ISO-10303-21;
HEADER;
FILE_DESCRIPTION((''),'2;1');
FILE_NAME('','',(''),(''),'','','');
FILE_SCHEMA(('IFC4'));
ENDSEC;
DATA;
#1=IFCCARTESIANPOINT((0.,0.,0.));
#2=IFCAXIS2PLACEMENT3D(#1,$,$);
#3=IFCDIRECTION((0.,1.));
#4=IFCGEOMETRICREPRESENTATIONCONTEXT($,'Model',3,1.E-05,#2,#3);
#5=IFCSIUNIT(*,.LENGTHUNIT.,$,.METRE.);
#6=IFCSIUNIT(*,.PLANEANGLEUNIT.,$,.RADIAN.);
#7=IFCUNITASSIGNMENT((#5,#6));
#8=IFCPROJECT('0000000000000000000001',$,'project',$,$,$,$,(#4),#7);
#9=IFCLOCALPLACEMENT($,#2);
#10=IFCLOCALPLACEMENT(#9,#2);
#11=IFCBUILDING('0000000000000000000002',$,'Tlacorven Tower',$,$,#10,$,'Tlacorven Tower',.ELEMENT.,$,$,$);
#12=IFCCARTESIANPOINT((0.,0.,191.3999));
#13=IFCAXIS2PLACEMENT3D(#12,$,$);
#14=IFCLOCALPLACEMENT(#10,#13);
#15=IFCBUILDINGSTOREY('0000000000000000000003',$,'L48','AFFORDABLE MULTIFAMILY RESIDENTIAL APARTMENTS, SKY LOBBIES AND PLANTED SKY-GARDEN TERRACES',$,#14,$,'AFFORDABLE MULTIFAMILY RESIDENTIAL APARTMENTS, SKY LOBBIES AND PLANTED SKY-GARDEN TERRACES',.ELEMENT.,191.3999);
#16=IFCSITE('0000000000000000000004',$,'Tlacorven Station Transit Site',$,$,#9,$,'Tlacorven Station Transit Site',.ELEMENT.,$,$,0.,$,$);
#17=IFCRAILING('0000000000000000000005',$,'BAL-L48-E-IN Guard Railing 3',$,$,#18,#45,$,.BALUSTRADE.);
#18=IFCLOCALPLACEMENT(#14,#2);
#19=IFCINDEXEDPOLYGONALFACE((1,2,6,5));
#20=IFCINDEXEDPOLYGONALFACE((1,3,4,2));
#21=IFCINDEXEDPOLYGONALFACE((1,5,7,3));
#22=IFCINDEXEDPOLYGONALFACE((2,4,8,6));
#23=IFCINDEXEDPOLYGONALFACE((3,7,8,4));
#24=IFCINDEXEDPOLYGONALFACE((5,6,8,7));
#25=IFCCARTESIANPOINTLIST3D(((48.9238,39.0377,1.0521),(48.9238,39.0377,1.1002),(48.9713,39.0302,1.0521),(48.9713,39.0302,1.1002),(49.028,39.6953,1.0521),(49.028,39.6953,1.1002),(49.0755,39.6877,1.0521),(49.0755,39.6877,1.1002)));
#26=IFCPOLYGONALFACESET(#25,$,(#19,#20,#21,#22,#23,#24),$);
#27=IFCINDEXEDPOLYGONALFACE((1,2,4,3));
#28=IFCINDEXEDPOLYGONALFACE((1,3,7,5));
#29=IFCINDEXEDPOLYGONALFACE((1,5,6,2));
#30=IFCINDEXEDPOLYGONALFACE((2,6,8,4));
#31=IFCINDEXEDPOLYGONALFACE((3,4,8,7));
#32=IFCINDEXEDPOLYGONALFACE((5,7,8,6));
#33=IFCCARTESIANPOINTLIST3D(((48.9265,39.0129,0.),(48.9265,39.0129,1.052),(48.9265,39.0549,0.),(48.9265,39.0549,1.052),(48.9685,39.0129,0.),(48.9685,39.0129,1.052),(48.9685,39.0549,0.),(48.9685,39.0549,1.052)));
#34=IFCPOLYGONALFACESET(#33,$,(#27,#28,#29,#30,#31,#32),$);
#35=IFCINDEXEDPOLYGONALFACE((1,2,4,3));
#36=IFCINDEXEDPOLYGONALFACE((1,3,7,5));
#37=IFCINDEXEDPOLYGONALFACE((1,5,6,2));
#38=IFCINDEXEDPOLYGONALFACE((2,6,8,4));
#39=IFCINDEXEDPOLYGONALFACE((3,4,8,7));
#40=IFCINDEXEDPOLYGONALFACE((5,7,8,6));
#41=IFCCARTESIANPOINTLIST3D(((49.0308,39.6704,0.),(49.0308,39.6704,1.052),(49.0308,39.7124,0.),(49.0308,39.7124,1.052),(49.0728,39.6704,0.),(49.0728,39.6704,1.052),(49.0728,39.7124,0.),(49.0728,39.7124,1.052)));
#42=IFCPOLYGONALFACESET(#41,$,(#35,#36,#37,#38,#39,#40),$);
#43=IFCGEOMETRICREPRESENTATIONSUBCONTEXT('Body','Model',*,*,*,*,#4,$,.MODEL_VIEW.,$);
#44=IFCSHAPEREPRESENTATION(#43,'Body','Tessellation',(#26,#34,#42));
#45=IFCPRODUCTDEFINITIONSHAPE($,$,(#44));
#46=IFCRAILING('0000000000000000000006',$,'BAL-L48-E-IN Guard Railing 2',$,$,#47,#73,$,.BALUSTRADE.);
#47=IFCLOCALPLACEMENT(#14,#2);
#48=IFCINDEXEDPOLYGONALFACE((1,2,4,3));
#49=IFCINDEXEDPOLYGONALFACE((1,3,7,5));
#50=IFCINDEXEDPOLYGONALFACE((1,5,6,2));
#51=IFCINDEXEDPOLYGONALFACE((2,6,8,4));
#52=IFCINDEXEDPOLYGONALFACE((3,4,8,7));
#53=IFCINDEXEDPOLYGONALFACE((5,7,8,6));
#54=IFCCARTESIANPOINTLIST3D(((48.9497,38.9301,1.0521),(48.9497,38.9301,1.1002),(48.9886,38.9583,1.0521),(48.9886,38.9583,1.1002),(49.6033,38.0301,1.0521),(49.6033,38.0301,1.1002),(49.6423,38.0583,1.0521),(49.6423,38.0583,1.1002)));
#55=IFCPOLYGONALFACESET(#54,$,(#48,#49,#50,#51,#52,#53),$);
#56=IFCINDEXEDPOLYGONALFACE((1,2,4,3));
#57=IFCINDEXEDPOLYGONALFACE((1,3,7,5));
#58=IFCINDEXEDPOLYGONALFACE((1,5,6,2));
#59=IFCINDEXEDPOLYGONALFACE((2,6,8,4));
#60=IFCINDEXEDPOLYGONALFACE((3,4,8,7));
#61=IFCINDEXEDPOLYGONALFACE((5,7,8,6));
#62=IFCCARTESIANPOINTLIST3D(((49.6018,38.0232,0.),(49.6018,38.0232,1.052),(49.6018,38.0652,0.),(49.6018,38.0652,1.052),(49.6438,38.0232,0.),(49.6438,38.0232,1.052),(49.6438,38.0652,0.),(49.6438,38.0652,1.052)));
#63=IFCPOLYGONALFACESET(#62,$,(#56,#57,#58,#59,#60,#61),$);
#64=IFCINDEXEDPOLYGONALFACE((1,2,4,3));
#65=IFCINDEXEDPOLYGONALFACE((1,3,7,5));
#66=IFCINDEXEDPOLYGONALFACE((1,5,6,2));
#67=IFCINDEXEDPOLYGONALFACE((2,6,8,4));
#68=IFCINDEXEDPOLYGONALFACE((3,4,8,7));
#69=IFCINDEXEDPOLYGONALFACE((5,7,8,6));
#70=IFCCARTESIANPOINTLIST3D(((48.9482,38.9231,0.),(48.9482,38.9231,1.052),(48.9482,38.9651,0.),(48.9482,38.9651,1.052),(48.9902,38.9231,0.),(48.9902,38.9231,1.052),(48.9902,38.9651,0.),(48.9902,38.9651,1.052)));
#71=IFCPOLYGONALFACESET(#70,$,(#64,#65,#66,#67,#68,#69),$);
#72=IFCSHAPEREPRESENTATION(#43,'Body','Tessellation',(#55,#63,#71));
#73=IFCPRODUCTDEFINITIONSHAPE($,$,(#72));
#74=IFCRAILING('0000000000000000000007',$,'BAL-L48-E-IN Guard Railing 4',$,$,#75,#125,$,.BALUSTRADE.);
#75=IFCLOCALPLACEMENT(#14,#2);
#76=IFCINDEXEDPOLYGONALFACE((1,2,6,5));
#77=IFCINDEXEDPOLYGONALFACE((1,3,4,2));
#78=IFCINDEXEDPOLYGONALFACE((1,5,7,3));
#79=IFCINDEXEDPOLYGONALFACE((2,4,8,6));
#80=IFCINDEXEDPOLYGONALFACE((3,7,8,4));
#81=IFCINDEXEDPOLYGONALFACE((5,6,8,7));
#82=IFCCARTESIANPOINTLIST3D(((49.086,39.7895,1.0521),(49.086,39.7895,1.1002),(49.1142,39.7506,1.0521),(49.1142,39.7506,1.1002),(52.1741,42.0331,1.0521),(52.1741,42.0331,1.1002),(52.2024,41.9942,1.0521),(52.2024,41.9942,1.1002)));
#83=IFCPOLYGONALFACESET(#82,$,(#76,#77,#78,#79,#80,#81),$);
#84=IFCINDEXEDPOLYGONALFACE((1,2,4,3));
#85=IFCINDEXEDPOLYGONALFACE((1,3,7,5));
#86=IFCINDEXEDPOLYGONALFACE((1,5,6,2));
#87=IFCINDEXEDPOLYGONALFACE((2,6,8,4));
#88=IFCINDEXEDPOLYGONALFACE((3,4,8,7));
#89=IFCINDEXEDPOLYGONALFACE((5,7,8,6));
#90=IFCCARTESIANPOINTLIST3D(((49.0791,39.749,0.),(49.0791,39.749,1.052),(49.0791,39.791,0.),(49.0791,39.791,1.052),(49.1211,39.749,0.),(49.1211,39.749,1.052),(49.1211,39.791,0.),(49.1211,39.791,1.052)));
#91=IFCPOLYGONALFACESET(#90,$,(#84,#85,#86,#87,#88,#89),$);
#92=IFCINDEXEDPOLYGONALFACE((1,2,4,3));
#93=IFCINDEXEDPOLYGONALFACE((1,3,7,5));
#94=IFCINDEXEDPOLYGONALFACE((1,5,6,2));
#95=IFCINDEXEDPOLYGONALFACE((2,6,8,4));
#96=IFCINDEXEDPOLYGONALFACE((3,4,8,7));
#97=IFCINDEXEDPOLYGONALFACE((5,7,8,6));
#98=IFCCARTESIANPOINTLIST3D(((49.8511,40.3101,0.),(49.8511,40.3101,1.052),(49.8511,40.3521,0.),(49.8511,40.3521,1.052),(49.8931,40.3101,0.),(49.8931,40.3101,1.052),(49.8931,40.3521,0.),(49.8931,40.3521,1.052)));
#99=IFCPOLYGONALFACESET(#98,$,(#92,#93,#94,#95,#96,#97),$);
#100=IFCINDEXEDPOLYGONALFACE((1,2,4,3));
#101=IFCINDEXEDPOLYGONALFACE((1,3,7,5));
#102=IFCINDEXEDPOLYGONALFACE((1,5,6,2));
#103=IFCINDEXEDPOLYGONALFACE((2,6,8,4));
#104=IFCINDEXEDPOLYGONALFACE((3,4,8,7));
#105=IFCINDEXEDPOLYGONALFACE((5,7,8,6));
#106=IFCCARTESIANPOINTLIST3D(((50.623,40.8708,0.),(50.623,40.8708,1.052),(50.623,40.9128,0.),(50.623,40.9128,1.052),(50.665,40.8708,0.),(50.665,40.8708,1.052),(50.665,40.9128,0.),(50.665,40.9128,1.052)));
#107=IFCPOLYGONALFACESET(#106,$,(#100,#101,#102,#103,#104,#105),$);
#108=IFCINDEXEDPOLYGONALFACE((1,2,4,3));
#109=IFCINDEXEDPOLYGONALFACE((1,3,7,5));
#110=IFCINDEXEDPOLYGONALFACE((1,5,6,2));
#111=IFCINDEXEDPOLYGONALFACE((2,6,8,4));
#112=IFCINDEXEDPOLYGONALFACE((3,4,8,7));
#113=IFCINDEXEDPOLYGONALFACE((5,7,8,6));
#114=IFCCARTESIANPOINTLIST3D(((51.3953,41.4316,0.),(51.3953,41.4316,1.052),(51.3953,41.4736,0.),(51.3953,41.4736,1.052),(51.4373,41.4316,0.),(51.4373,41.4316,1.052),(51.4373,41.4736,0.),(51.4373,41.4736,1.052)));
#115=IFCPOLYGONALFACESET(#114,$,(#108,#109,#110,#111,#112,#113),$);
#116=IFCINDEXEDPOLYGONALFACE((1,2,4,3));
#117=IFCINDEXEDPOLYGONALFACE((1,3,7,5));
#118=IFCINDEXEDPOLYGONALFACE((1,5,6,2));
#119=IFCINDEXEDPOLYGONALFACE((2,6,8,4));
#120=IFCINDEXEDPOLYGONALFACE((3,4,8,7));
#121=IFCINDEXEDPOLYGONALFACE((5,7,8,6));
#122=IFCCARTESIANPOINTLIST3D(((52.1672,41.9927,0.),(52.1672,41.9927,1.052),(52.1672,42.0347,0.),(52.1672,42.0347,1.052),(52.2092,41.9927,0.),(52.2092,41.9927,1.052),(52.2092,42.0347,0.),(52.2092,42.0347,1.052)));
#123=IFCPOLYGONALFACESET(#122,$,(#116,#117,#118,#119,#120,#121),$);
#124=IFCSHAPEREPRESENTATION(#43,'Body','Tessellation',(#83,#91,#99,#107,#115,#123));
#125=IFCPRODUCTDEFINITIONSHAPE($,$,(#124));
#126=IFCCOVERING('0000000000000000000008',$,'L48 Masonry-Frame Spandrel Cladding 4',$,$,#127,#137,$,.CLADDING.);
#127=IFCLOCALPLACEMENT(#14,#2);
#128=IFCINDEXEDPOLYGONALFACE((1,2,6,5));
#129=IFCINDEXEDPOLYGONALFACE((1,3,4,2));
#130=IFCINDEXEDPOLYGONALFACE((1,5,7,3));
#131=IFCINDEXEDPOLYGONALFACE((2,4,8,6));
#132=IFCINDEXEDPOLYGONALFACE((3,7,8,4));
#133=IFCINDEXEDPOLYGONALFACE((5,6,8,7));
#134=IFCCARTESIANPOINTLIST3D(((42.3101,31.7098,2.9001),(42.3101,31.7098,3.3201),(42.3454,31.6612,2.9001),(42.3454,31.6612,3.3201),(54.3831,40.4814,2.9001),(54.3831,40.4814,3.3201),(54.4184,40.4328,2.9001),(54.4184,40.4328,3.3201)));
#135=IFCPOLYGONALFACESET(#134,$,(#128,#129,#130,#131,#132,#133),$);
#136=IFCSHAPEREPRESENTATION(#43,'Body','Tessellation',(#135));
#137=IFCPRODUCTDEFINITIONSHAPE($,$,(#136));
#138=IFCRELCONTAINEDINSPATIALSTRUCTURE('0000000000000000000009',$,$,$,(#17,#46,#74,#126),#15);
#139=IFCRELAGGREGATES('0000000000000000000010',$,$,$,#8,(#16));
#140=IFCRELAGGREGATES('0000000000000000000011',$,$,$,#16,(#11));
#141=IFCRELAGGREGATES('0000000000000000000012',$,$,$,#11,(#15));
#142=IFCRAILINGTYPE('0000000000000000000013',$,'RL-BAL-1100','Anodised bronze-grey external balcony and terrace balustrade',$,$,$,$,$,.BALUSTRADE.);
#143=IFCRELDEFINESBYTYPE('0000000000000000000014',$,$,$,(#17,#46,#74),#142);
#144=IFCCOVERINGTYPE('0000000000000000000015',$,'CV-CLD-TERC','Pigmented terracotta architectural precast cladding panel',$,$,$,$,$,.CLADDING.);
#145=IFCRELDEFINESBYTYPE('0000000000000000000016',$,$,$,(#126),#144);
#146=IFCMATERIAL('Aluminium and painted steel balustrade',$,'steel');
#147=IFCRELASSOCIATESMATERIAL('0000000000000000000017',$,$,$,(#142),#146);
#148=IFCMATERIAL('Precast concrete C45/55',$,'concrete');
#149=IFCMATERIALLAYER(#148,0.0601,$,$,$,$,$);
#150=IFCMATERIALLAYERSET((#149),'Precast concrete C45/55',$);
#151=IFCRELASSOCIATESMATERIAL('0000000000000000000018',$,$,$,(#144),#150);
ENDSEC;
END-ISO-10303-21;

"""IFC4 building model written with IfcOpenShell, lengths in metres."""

from ifc_helpers import new_model, si_unit, direction, frame, origin, origin_2d, place, context, subcontext, project, spatial, rectangle, extrude, source, transform, mapped, material, layer, layer_set, type_object, element, save


model = new_model("IFC4")

# Units and contexts
model_context = context("Model", 3, precision=1e-05, world=origin(), true_north=direction((0.0, 1.0)))
body_context = subcontext(model_context, "Body", "Model", "MODEL_VIEW")
ifc_project = project(units=[si_unit("LENGTHUNIT", "METRE"), si_unit("PLANEANGLEUNIT", "RADIAN")], contexts=[model_context])

# Site, building, storey
site_placement = place(None, origin())
site = spatial("IfcSite", under=ifc_project, at=site_placement, Name="Tlacorven Station Transit Site", LongName="Tlacorven Station Transit Site", CompositionType="ELEMENT", RefElevation=0.0)
building_placement = place(site_placement, origin())
building = spatial("IfcBuilding", under=site, at=building_placement, Name="Tlacorven Tower", LongName="Tlacorven Tower", CompositionType="ELEMENT")
storey_placement = place(building_placement, frame((0.0, 0.0, 191.3999)))
storey = spatial("IfcBuildingStorey", under=building, at=storey_placement, Name="L48", Description="AFFORDABLE MULTIFAMILY RESIDENTIAL APARTMENTS, SKY LOBBIES AND PLANTED SKY-GARDEN TERRACES", LongName="AFFORDABLE MULTIFAMILY RESIDENTIAL APARTMENTS, SKY LOBBIES AND PLANTED SKY-GARDEN TERRACES", CompositionType="ELEMENT", Elevation=191.3999)

# Shared definitions
ifc_material_1 = material(Name="Precast concrete C45/55", Category="concrete")

# Railings
ifc_material_2 = material(Name="Aluminium and painted steel balustrade", Category="steel")
railing_type = type_object("IfcRailingType", Name="RL-BAL-1100", Description="Anodised bronze-grey external balcony and terrace balustrade", PredefinedType="BALUSTRADE", material=ifc_material_2)
shared_shape_1 = source(origin(), body_context, "Body", "SweptSolid", [
    extrude(rectangle(XDim=0.0481, YDim=0.0481, at=origin_2d()), frame((0.0, 0.0, 1.0762), z_axis=(0.156603, 0.987662, 0.0), x_axis=(-0.987662, 0.156603, 0.0)), (0.0, 0.0, 1.0), 0.6658),
    extrude(rectangle(XDim=0.042, YDim=0.042, at=origin_2d()), origin(), (0.0, 0.0, 1.0), 1.052),
    extrude(rectangle(XDim=0.042, YDim=0.042, at=origin_2d()), frame((0.1042, 0.6575, 0.0)), (0.0, 0.0, 1.0), 1.052),
])
railing_1_placement = place(storey_placement, frame((48.9475, 39.0339, 0.0)))
element("IfcRailing", 1, at=railing_1_placement, inside=storey, type_object=railing_type, Name="BAL-L48-E-IN Guard Railing 3", PredefinedType="BALUSTRADE", context=body_context, shape_type="MappedRepresentation", body=[
    mapped(shared_shape_1, transform((0.0, 0.0, 0.0), scale=1.0)),
])
shared_shape_2 = source(origin(), body_context, "Body", "SweptSolid", [
    extrude(rectangle(XDim=0.0481, YDim=0.0481, at=origin_2d()), frame((0.0, 0.0, 1.0762), z_axis=(-0.587636, 0.809125, 0.0), x_axis=(-0.809125, -0.587636, 0.0)), (0.0, 0.0, 1.0), 1.1123),
    extrude(rectangle(XDim=0.042, YDim=0.042, at=origin_2d()), origin(), (0.0, 0.0, 1.0), 1.052),
    extrude(rectangle(XDim=0.042, YDim=0.042, at=origin_2d()), frame((-0.6536, 0.8999, 0.0)), (0.0, 0.0, 1.0), 1.052),
])
railing_2_placement = place(storey_placement, frame((49.6228, 38.0442, 0.0)))
element("IfcRailing", 2, at=railing_2_placement, inside=storey, type_object=railing_type, Name="BAL-L48-E-IN Guard Railing 2", PredefinedType="BALUSTRADE", context=body_context, shape_type="MappedRepresentation", body=[
    mapped(shared_shape_2, transform((0.0, 0.0, 0.0), scale=1.0)),
])
shared_shape_3 = source(origin(), body_context, "Body", "SweptSolid", [
    extrude(rectangle(XDim=0.0481, YDim=0.0481, at=origin_2d()), frame((0.0, 0.0, 1.0762), z_axis=(0.809018, 0.587784, 0.0), x_axis=(-0.587784, 0.809018, 0.0)), (0.0, 0.0, 1.0), 3.8171),
    extrude(rectangle(XDim=0.042, YDim=0.042, at=origin_2d()), origin(), (0.0, 0.0, 1.0), 1.052),
    extrude(rectangle(XDim=0.042, YDim=0.042, at=origin_2d()), frame((0.772, 0.561, 0.0)), (0.0, 0.0, 1.0), 1.052),
    extrude(rectangle(XDim=0.042, YDim=0.042, at=origin_2d()), frame((1.5439, 1.1218, 0.0)), (0.0, 0.0, 1.0), 1.052),
    extrude(rectangle(XDim=0.042, YDim=0.042, at=origin_2d()), frame((2.3162, 1.6826, 0.0)), (0.0, 0.0, 1.0), 1.052),
    extrude(rectangle(XDim=0.042, YDim=0.042, at=origin_2d()), frame((3.0881, 2.2437, 0.0)), (0.0, 0.0, 1.0), 1.052),
])
railing_3_placement = place(storey_placement, frame((49.1001, 39.77, 0.0)))
element("IfcRailing", 3, at=railing_3_placement, inside=storey, type_object=railing_type, Name="BAL-L48-E-IN Guard Railing 4", PredefinedType="BALUSTRADE", context=body_context, shape_type="MappedRepresentation", body=[
    mapped(shared_shape_3, transform((0.0, 0.0, 0.0), scale=1.0)),
])

# Covering
ifc_layer_1 = layer(ifc_material_1, 0.0601)
ifc_layer_set_1 = layer_set([ifc_layer_1], Name="Precast concrete C45/55")
covering_type = type_object("IfcCoveringType", Name="CV-CLD-TERC", Description="Pigmented terracotta architectural precast cladding panel", PredefinedType="CLADDING", material=ifc_layer_set_1)
shared_shape_4 = source(origin(), body_context, "Body", "SweptSolid", [
    extrude(rectangle(XDim=14.9231, YDim=0.0601, at=origin_2d()), origin(), (0.0, 0.0, 1.0), 0.4199),
])
covering_placement = place(storey_placement, frame((48.3643, 36.0713, 2.9001), z_axis=(0.0, 0.0, 1.0), x_axis=(0.809017, 0.587786, 0.0)))
element("IfcCovering", 4, at=covering_placement, inside=storey, type_object=covering_type, Name="L48 Masonry-Frame Spandrel Cladding 4", PredefinedType="CLADDING", context=body_context, shape_type="MappedRepresentation", body=[
    mapped(shared_shape_4, transform((0.0, 0.0, 0.0), scale=1.0)),
])

save(model, "model.ifc")
